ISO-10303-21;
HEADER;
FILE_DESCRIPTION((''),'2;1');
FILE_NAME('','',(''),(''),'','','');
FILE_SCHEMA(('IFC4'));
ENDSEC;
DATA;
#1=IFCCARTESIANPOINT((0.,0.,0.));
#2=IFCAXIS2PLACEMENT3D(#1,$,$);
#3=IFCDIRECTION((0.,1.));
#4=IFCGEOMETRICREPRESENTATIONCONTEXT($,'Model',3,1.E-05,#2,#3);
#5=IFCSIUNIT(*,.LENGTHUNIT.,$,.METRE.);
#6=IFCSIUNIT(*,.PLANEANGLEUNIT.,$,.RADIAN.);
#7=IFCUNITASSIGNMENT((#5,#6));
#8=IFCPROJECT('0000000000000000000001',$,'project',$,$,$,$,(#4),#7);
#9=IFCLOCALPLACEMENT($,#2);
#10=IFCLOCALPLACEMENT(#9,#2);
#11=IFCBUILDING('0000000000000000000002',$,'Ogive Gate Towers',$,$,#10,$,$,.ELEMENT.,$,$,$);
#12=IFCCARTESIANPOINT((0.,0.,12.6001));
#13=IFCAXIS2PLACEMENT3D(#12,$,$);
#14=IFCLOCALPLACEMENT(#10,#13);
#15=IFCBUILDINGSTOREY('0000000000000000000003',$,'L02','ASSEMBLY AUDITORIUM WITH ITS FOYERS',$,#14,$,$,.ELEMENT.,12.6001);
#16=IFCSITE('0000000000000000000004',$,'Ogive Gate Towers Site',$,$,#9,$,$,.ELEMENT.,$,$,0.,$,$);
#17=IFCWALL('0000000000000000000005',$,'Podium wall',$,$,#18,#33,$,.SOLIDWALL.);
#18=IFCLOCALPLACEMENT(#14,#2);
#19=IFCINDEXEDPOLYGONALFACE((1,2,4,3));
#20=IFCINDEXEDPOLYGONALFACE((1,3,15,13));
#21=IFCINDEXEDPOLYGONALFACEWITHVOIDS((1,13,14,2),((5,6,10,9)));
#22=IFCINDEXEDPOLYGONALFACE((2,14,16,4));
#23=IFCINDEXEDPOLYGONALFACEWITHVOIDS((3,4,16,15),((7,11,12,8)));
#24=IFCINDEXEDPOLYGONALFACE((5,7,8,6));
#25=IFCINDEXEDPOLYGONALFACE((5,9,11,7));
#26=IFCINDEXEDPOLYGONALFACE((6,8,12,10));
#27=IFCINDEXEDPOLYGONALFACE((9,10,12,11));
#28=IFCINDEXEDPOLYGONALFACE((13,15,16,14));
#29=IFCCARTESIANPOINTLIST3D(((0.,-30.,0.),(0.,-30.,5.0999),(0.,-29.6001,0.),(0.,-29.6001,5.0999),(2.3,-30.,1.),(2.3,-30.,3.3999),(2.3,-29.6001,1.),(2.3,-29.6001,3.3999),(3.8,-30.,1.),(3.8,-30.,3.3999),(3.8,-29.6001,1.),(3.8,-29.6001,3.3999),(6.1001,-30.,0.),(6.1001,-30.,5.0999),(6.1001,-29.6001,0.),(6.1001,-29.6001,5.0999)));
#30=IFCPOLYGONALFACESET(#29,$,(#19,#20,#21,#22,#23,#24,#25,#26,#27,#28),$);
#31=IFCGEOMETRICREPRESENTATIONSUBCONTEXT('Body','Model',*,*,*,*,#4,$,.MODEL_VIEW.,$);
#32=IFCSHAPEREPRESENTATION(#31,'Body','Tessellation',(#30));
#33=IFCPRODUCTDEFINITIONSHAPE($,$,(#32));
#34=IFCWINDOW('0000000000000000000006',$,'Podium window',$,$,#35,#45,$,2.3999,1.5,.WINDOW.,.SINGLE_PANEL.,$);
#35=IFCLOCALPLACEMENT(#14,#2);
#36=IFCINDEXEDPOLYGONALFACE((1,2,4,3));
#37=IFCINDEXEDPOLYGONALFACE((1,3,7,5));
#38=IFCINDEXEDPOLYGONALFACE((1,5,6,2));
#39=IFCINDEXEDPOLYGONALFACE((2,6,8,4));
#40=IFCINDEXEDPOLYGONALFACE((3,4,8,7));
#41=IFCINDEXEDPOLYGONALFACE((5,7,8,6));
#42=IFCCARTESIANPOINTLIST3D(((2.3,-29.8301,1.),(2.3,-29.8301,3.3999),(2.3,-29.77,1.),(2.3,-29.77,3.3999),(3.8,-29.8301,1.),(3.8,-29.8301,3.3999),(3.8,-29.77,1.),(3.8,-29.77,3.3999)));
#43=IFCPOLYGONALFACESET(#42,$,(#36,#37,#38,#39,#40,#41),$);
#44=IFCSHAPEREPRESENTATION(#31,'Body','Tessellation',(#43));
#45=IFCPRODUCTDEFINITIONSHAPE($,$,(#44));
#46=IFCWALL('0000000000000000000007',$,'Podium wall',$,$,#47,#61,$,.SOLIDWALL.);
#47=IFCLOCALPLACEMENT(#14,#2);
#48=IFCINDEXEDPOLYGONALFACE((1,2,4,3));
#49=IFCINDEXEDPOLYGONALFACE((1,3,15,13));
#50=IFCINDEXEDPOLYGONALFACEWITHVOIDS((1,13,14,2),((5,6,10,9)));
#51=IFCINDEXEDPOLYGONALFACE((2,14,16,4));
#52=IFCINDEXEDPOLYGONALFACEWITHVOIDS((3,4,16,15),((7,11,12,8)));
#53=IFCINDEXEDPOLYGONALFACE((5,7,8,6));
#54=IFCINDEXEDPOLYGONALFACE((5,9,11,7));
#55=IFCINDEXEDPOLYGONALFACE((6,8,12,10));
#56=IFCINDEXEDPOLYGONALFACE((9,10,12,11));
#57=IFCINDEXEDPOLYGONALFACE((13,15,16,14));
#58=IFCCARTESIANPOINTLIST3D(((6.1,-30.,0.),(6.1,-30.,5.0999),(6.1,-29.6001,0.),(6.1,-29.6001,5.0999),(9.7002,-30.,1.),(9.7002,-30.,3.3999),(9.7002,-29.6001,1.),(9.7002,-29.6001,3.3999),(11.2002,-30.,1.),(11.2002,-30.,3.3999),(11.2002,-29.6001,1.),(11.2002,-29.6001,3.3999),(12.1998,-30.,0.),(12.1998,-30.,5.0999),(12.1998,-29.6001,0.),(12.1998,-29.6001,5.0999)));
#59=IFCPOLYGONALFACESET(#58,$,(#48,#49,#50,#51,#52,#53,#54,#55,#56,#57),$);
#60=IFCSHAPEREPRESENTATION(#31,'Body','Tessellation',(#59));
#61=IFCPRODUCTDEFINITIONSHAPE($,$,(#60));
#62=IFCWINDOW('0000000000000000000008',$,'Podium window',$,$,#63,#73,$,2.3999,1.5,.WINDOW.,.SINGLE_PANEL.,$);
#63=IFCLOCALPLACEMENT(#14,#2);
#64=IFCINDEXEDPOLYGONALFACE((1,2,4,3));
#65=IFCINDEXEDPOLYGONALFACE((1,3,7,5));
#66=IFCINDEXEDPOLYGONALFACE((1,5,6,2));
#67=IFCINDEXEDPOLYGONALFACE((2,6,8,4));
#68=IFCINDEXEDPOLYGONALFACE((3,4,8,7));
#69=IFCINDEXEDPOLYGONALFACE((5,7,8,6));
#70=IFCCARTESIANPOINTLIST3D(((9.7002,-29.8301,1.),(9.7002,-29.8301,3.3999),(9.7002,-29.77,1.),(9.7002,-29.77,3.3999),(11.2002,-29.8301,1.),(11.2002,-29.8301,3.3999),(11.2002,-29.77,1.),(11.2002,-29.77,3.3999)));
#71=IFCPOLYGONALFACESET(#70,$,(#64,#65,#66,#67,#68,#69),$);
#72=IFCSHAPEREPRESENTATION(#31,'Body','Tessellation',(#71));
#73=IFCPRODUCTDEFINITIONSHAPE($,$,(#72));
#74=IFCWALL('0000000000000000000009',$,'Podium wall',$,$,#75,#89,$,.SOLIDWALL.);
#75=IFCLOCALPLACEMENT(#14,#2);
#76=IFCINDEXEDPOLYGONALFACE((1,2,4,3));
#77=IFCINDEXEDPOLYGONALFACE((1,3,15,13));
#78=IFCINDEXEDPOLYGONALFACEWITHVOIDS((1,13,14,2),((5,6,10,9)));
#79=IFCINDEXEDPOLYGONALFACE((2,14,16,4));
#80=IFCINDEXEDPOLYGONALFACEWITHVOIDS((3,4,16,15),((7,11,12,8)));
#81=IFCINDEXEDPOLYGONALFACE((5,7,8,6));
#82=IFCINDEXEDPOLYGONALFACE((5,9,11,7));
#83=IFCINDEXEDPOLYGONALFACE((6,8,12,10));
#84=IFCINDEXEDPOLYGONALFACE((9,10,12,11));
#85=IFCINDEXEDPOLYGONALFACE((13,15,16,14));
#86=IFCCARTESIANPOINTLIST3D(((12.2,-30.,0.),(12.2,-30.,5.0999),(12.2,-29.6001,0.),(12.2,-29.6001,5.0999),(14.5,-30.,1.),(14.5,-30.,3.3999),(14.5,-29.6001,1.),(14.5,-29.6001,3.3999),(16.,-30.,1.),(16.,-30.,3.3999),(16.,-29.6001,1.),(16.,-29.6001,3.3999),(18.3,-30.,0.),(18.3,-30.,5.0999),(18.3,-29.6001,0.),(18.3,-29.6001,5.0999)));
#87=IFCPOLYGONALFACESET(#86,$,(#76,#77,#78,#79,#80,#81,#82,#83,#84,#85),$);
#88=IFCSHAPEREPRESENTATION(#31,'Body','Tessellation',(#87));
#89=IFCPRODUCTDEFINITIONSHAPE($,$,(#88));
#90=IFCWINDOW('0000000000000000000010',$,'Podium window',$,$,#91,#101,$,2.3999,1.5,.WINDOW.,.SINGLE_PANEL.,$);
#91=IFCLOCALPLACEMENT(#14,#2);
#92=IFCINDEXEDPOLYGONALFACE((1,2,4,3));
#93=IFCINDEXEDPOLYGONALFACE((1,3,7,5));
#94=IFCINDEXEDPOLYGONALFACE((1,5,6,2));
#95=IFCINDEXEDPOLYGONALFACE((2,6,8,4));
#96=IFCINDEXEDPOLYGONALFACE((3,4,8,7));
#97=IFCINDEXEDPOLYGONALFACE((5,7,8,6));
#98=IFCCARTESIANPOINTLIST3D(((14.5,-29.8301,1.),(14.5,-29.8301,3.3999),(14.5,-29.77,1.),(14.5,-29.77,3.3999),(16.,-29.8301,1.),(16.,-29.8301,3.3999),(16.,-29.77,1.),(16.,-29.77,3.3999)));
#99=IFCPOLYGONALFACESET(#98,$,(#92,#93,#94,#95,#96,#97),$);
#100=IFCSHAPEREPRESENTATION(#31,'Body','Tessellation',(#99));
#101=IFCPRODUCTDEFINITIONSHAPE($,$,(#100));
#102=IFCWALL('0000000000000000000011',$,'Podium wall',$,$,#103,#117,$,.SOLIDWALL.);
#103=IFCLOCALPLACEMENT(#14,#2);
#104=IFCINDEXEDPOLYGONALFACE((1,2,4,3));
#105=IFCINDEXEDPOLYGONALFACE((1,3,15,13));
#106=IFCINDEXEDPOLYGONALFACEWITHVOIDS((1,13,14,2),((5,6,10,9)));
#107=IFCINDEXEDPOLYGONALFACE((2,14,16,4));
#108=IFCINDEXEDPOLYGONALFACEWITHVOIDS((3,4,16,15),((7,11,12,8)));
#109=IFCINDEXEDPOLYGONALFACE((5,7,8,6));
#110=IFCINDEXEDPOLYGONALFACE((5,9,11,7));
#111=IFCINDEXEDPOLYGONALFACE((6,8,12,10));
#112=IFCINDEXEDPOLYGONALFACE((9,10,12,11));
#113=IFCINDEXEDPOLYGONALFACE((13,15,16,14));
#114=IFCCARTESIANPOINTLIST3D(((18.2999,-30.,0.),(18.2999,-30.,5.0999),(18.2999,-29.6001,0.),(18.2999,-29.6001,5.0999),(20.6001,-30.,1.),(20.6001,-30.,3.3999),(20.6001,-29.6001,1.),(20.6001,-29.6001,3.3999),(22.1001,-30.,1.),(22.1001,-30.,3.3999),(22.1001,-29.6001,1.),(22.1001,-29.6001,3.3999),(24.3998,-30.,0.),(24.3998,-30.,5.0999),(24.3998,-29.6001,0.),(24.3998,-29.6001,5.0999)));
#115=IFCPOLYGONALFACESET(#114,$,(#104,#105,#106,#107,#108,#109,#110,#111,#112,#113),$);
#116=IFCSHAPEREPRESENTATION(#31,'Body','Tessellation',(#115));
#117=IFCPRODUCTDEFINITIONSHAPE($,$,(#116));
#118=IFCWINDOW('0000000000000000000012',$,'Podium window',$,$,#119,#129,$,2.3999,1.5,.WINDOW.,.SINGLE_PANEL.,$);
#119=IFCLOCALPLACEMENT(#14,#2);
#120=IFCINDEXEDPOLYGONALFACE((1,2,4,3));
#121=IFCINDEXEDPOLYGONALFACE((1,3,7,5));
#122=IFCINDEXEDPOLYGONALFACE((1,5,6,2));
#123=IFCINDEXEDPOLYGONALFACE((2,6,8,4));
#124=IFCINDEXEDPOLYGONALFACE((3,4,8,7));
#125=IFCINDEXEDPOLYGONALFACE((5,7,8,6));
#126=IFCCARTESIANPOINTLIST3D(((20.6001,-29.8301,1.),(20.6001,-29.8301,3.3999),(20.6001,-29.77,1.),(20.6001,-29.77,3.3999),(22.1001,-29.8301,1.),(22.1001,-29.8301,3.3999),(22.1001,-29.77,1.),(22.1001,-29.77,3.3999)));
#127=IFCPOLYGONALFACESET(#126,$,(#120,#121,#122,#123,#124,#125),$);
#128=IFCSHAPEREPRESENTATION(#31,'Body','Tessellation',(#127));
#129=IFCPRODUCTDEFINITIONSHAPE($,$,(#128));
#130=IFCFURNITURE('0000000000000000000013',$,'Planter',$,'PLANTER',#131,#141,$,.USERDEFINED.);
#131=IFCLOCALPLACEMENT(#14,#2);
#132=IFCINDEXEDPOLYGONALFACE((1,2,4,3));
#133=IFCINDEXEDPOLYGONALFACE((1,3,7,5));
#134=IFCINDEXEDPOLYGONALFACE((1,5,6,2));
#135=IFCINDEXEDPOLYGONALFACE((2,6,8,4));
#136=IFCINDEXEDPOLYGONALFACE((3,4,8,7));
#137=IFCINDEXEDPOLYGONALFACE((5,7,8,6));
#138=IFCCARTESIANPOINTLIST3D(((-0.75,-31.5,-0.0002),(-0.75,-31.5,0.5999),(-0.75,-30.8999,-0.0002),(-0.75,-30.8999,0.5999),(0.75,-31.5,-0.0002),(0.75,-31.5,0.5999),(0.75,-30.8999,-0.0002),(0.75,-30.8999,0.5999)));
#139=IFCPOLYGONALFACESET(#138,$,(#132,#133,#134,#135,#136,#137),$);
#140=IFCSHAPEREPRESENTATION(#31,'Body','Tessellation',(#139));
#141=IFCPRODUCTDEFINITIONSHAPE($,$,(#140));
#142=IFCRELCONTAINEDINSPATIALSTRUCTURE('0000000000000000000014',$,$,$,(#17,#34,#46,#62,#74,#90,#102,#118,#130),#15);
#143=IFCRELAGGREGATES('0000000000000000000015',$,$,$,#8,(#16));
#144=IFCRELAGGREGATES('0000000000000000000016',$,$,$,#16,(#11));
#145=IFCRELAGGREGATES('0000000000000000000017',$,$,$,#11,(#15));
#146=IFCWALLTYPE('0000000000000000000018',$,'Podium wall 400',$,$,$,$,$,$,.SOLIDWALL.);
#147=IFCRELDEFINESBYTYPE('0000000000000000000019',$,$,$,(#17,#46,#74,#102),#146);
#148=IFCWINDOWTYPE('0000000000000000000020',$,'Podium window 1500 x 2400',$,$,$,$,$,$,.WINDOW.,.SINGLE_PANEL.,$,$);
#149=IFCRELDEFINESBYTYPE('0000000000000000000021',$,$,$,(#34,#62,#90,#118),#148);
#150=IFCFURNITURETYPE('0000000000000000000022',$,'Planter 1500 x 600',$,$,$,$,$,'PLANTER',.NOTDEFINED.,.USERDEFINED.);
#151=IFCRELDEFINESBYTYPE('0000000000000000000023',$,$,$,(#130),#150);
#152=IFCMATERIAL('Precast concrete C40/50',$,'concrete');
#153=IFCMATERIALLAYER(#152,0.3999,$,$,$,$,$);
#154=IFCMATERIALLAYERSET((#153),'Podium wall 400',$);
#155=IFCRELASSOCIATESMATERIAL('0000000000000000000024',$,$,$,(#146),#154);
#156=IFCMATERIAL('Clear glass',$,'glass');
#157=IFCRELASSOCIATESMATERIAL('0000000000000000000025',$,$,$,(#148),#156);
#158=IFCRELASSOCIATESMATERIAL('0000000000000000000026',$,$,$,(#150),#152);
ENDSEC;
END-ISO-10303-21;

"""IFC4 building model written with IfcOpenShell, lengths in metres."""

from ifc_helpers import new_model, si_unit, direction, frame, frame_2d, origin, origin_2d, place, context, subcontext, project, spatial, rectangle, extrude, material, layer, layer_set, type_object, element, fill, save


model = new_model("IFC4")

# Units and contexts
model_context = context("Model", 3, precision=1e-05, world=origin(), true_north=direction((0.0, 1.0)))
body_context = subcontext(model_context, "Body", "Model", "MODEL_VIEW")
ifc_project = project(units=[si_unit("LENGTHUNIT", "METRE"), si_unit("PLANEANGLEUNIT", "RADIAN")], contexts=[model_context])

# Site, building, storey
site_placement = place(None, origin())
site = spatial("IfcSite", under=ifc_project, at=site_placement, Name="Ogive Gate Towers Site", CompositionType="ELEMENT", RefElevation=0.0)
building_placement = place(site_placement, origin())
building = spatial("IfcBuilding", under=site, at=building_placement, Name="Ogive Gate Towers", CompositionType="ELEMENT")
storey_placement = place(building_placement, frame((0.0, 0.0, 12.6001)))
storey = spatial("IfcBuildingStorey", under=building, at=storey_placement, Name="L02", Description="ASSEMBLY AUDITORIUM WITH ITS FOYERS", CompositionType="ELEMENT", Elevation=12.6001)

# Walls, openings, windows
ifc_material_1 = material(Name="Precast concrete C40/50", Category="concrete")
ifc_layer_1 = layer(ifc_material_1, 0.3999)
ifc_layer_set_1 = layer_set([ifc_layer_1], Name="Podium wall 400")
wall_type_1 = type_object("IfcWallType", Name="Podium wall 400", PredefinedType="SOLIDWALL", material=ifc_layer_set_1)
wall_1_placement = place(storey_placement, frame((0.0, -29.8, 0.0), z_axis=(0.0, 0.0, 1.0), x_axis=(1.0, 0.0, 0.0)))
wall_1 = element("IfcWall", 1, at=wall_1_placement, inside=storey, type_object=wall_type_1, Name="Podium wall", PredefinedType="SOLIDWALL", context=body_context, shape_type="SweptSolid", body=[
    extrude(rectangle(XDim=6.1001, YDim=0.3999, at=frame_2d((3.05, 0.0))), origin(), (0.0, 0.0, 1.0), 5.0999),
])
opening_1_placement = place(wall_1_placement, frame((2.3, 0.0, 1.0)))
opening_1 = element("IfcOpeningElement", 2, at=opening_1_placement, cuts=wall_1, PredefinedType="OPENING", context=body_context, shape_type="SweptSolid", body=[
    extrude(rectangle(XDim=1.5, YDim=2.3999, at=frame_2d((0.75, 1.2))), frame((0.0, 0.21, 0.0), z_axis=(0.0, -1.0, 0.0), x_axis=(1.0, 0.0, 0.0)), (0.0, 0.0, 1.0), 0.4199),
])
ifc_material_2 = material(Name="Clear glass", Category="glass")
window_type = type_object("IfcWindowType", Name="Podium window 1500 x 2400", PartitioningType="SINGLE_PANEL", PredefinedType="WINDOW", material=ifc_material_2)
window_1_placement = place(opening_1_placement, origin())
window_1 = element("IfcWindow", 3, at=window_1_placement, inside=storey, type_object=window_type, Name="Podium window", OverallHeight=2.3999, OverallWidth=1.5, PartitioningType="SINGLE_PANEL", PredefinedType="WINDOW", context=body_context, shape_type="SweptSolid", body=[
    extrude(rectangle(XDim=1.5, YDim=2.3999, at=frame_2d((0.75, 1.2))), frame((0.0, 0.03, 0.0), z_axis=(0.0, -1.0, 0.0), x_axis=(1.0, 0.0, 0.0)), (0.0, 0.0, 1.0), 0.0601),
])
fill(opening_1, window_1)
wall_2_placement = place(storey_placement, frame((6.1001, -29.8, 0.0), z_axis=(0.0, 0.0, 1.0), x_axis=(1.0, 0.0, 0.0)))
wall_2 = element("IfcWall", 4, at=wall_2_placement, inside=storey, type_object=wall_type_1, Name="Podium wall", PredefinedType="SOLIDWALL", context=body_context, shape_type="SweptSolid", body=[
    extrude(rectangle(XDim=6.0999, YDim=0.3999, at=frame_2d((3.0498, 0.0))), origin(), (0.0, 0.0, 1.0), 5.0999),
])
opening_2_placement = place(wall_2_placement, frame((3.6001, 0.0, 1.0)))
opening_2 = element("IfcOpeningElement", 5, at=opening_2_placement, cuts=wall_2, PredefinedType="OPENING", context=body_context, shape_type="SweptSolid", body=[
    extrude(rectangle(XDim=1.5, YDim=2.3999, at=frame_2d((0.75, 1.2))), frame((0.0, 0.21, 0.0), z_axis=(0.0, -1.0, 0.0), x_axis=(1.0, 0.0, 0.0)), (0.0, 0.0, 1.0), 0.4199),
])
window_2_placement = place(opening_2_placement, origin())
window_2 = element("IfcWindow", 6, at=window_2_placement, inside=storey, type_object=window_type, Name="Podium window", OverallHeight=2.3999, OverallWidth=1.5, PartitioningType="SINGLE_PANEL", PredefinedType="WINDOW", context=body_context, shape_type="SweptSolid", body=[
    extrude(rectangle(XDim=1.5, YDim=2.3999, at=frame_2d((0.75, 1.2))), frame((0.0, 0.03, 0.0), z_axis=(0.0, -1.0, 0.0), x_axis=(1.0, 0.0, 0.0)), (0.0, 0.0, 1.0), 0.0601),
])
fill(opening_2, window_2)
wall_3_placement = place(storey_placement, frame((12.2, -29.8, 0.0), z_axis=(0.0, 0.0, 1.0), x_axis=(1.0, 0.0, 0.0)))
wall_3 = element("IfcWall", 7, at=wall_3_placement, inside=storey, type_object=wall_type_1, Name="Podium wall", PredefinedType="SOLIDWALL", context=body_context, shape_type="SweptSolid", body=[
    extrude(rectangle(XDim=6.1001, YDim=0.3999, at=frame_2d((3.05, 0.0))), origin(), (0.0, 0.0, 1.0), 5.0999),
])
opening_3_placement = place(wall_3_placement, frame((2.3, 0.0, 1.0)))
opening_3 = element("IfcOpeningElement", 8, at=opening_3_placement, cuts=wall_3, PredefinedType="OPENING", context=body_context, shape_type="SweptSolid", body=[
    extrude(rectangle(XDim=1.5, YDim=2.3999, at=frame_2d((0.75, 1.2))), frame((0.0, 0.21, 0.0), z_axis=(0.0, -1.0, 0.0), x_axis=(1.0, 0.0, 0.0)), (0.0, 0.0, 1.0), 0.4199),
])
window_3_placement = place(opening_3_placement, origin())
window_3 = element("IfcWindow", 9, at=window_3_placement, inside=storey, type_object=window_type, Name="Podium window", OverallHeight=2.3999, OverallWidth=1.5, PartitioningType="SINGLE_PANEL", PredefinedType="WINDOW", context=body_context, shape_type="SweptSolid", body=[
    extrude(rectangle(XDim=1.5, YDim=2.3999, at=frame_2d((0.75, 1.2))), frame((0.0, 0.03, 0.0), z_axis=(0.0, -1.0, 0.0), x_axis=(1.0, 0.0, 0.0)), (0.0, 0.0, 1.0), 0.0601),
])
fill(opening_3, window_3)
wall_4_placement = place(storey_placement, frame((18.3, -29.8, 0.0), z_axis=(0.0, 0.0, 1.0), x_axis=(1.0, 0.0, 0.0)))
wall_4 = element("IfcWall", 10, at=wall_4_placement, inside=storey, type_object=wall_type_1, Name="Podium wall", PredefinedType="SOLIDWALL", context=body_context, shape_type="SweptSolid", body=[
    extrude(rectangle(XDim=6.0999, YDim=0.3999, at=frame_2d((3.0498, 0.0))), origin(), (0.0, 0.0, 1.0), 5.0999),
])
opening_4_placement = place(wall_4_placement, frame((2.3, 0.0, 1.0)))
opening_4 = element("IfcOpeningElement", 11, at=opening_4_placement, cuts=wall_4, PredefinedType="OPENING", context=body_context, shape_type="SweptSolid", body=[
    extrude(rectangle(XDim=1.5, YDim=2.3999, at=frame_2d((0.75, 1.2))), frame((0.0, 0.21, 0.0), z_axis=(0.0, -1.0, 0.0), x_axis=(1.0, 0.0, 0.0)), (0.0, 0.0, 1.0), 0.4199),
])
window_4_placement = place(opening_4_placement, origin())
window_4 = element("IfcWindow", 12, at=window_4_placement, inside=storey, type_object=window_type, Name="Podium window", OverallHeight=2.3999, OverallWidth=1.5, PartitioningType="SINGLE_PANEL", PredefinedType="WINDOW", context=body_context, shape_type="SweptSolid", body=[
    extrude(rectangle(XDim=1.5, YDim=2.3999, at=frame_2d((0.75, 1.2))), frame((0.0, 0.03, 0.0), z_axis=(0.0, -1.0, 0.0), x_axis=(1.0, 0.0, 0.0)), (0.0, 0.0, 1.0), 0.0601),
])
fill(opening_4, window_4)

# Furniture
furniture_type = type_object("IfcFurnitureType", Name="Planter 1500 x 600", ElementType="PLANTER", AssemblyPlace="NOTDEFINED", PredefinedType="USERDEFINED", material=ifc_material_1)
furniture_placement = place(storey_placement, frame((0.0, -31.2, -0.0002), z_axis=(0.0, 0.0, 1.0), x_axis=(1.0, 0.0, 0.0)))
element("IfcFurniture", 13, at=furniture_placement, inside=storey, type_object=furniture_type, Name="Planter", ObjectType="PLANTER", PredefinedType="USERDEFINED", context=body_context, shape_type="SweptSolid", body=[
    extrude(rectangle(XDim=1.5, YDim=0.6001, at=origin_2d()), origin(), (0.0, 0.0, 1.0), 0.6001),
])

save(model, "model.ifc")
